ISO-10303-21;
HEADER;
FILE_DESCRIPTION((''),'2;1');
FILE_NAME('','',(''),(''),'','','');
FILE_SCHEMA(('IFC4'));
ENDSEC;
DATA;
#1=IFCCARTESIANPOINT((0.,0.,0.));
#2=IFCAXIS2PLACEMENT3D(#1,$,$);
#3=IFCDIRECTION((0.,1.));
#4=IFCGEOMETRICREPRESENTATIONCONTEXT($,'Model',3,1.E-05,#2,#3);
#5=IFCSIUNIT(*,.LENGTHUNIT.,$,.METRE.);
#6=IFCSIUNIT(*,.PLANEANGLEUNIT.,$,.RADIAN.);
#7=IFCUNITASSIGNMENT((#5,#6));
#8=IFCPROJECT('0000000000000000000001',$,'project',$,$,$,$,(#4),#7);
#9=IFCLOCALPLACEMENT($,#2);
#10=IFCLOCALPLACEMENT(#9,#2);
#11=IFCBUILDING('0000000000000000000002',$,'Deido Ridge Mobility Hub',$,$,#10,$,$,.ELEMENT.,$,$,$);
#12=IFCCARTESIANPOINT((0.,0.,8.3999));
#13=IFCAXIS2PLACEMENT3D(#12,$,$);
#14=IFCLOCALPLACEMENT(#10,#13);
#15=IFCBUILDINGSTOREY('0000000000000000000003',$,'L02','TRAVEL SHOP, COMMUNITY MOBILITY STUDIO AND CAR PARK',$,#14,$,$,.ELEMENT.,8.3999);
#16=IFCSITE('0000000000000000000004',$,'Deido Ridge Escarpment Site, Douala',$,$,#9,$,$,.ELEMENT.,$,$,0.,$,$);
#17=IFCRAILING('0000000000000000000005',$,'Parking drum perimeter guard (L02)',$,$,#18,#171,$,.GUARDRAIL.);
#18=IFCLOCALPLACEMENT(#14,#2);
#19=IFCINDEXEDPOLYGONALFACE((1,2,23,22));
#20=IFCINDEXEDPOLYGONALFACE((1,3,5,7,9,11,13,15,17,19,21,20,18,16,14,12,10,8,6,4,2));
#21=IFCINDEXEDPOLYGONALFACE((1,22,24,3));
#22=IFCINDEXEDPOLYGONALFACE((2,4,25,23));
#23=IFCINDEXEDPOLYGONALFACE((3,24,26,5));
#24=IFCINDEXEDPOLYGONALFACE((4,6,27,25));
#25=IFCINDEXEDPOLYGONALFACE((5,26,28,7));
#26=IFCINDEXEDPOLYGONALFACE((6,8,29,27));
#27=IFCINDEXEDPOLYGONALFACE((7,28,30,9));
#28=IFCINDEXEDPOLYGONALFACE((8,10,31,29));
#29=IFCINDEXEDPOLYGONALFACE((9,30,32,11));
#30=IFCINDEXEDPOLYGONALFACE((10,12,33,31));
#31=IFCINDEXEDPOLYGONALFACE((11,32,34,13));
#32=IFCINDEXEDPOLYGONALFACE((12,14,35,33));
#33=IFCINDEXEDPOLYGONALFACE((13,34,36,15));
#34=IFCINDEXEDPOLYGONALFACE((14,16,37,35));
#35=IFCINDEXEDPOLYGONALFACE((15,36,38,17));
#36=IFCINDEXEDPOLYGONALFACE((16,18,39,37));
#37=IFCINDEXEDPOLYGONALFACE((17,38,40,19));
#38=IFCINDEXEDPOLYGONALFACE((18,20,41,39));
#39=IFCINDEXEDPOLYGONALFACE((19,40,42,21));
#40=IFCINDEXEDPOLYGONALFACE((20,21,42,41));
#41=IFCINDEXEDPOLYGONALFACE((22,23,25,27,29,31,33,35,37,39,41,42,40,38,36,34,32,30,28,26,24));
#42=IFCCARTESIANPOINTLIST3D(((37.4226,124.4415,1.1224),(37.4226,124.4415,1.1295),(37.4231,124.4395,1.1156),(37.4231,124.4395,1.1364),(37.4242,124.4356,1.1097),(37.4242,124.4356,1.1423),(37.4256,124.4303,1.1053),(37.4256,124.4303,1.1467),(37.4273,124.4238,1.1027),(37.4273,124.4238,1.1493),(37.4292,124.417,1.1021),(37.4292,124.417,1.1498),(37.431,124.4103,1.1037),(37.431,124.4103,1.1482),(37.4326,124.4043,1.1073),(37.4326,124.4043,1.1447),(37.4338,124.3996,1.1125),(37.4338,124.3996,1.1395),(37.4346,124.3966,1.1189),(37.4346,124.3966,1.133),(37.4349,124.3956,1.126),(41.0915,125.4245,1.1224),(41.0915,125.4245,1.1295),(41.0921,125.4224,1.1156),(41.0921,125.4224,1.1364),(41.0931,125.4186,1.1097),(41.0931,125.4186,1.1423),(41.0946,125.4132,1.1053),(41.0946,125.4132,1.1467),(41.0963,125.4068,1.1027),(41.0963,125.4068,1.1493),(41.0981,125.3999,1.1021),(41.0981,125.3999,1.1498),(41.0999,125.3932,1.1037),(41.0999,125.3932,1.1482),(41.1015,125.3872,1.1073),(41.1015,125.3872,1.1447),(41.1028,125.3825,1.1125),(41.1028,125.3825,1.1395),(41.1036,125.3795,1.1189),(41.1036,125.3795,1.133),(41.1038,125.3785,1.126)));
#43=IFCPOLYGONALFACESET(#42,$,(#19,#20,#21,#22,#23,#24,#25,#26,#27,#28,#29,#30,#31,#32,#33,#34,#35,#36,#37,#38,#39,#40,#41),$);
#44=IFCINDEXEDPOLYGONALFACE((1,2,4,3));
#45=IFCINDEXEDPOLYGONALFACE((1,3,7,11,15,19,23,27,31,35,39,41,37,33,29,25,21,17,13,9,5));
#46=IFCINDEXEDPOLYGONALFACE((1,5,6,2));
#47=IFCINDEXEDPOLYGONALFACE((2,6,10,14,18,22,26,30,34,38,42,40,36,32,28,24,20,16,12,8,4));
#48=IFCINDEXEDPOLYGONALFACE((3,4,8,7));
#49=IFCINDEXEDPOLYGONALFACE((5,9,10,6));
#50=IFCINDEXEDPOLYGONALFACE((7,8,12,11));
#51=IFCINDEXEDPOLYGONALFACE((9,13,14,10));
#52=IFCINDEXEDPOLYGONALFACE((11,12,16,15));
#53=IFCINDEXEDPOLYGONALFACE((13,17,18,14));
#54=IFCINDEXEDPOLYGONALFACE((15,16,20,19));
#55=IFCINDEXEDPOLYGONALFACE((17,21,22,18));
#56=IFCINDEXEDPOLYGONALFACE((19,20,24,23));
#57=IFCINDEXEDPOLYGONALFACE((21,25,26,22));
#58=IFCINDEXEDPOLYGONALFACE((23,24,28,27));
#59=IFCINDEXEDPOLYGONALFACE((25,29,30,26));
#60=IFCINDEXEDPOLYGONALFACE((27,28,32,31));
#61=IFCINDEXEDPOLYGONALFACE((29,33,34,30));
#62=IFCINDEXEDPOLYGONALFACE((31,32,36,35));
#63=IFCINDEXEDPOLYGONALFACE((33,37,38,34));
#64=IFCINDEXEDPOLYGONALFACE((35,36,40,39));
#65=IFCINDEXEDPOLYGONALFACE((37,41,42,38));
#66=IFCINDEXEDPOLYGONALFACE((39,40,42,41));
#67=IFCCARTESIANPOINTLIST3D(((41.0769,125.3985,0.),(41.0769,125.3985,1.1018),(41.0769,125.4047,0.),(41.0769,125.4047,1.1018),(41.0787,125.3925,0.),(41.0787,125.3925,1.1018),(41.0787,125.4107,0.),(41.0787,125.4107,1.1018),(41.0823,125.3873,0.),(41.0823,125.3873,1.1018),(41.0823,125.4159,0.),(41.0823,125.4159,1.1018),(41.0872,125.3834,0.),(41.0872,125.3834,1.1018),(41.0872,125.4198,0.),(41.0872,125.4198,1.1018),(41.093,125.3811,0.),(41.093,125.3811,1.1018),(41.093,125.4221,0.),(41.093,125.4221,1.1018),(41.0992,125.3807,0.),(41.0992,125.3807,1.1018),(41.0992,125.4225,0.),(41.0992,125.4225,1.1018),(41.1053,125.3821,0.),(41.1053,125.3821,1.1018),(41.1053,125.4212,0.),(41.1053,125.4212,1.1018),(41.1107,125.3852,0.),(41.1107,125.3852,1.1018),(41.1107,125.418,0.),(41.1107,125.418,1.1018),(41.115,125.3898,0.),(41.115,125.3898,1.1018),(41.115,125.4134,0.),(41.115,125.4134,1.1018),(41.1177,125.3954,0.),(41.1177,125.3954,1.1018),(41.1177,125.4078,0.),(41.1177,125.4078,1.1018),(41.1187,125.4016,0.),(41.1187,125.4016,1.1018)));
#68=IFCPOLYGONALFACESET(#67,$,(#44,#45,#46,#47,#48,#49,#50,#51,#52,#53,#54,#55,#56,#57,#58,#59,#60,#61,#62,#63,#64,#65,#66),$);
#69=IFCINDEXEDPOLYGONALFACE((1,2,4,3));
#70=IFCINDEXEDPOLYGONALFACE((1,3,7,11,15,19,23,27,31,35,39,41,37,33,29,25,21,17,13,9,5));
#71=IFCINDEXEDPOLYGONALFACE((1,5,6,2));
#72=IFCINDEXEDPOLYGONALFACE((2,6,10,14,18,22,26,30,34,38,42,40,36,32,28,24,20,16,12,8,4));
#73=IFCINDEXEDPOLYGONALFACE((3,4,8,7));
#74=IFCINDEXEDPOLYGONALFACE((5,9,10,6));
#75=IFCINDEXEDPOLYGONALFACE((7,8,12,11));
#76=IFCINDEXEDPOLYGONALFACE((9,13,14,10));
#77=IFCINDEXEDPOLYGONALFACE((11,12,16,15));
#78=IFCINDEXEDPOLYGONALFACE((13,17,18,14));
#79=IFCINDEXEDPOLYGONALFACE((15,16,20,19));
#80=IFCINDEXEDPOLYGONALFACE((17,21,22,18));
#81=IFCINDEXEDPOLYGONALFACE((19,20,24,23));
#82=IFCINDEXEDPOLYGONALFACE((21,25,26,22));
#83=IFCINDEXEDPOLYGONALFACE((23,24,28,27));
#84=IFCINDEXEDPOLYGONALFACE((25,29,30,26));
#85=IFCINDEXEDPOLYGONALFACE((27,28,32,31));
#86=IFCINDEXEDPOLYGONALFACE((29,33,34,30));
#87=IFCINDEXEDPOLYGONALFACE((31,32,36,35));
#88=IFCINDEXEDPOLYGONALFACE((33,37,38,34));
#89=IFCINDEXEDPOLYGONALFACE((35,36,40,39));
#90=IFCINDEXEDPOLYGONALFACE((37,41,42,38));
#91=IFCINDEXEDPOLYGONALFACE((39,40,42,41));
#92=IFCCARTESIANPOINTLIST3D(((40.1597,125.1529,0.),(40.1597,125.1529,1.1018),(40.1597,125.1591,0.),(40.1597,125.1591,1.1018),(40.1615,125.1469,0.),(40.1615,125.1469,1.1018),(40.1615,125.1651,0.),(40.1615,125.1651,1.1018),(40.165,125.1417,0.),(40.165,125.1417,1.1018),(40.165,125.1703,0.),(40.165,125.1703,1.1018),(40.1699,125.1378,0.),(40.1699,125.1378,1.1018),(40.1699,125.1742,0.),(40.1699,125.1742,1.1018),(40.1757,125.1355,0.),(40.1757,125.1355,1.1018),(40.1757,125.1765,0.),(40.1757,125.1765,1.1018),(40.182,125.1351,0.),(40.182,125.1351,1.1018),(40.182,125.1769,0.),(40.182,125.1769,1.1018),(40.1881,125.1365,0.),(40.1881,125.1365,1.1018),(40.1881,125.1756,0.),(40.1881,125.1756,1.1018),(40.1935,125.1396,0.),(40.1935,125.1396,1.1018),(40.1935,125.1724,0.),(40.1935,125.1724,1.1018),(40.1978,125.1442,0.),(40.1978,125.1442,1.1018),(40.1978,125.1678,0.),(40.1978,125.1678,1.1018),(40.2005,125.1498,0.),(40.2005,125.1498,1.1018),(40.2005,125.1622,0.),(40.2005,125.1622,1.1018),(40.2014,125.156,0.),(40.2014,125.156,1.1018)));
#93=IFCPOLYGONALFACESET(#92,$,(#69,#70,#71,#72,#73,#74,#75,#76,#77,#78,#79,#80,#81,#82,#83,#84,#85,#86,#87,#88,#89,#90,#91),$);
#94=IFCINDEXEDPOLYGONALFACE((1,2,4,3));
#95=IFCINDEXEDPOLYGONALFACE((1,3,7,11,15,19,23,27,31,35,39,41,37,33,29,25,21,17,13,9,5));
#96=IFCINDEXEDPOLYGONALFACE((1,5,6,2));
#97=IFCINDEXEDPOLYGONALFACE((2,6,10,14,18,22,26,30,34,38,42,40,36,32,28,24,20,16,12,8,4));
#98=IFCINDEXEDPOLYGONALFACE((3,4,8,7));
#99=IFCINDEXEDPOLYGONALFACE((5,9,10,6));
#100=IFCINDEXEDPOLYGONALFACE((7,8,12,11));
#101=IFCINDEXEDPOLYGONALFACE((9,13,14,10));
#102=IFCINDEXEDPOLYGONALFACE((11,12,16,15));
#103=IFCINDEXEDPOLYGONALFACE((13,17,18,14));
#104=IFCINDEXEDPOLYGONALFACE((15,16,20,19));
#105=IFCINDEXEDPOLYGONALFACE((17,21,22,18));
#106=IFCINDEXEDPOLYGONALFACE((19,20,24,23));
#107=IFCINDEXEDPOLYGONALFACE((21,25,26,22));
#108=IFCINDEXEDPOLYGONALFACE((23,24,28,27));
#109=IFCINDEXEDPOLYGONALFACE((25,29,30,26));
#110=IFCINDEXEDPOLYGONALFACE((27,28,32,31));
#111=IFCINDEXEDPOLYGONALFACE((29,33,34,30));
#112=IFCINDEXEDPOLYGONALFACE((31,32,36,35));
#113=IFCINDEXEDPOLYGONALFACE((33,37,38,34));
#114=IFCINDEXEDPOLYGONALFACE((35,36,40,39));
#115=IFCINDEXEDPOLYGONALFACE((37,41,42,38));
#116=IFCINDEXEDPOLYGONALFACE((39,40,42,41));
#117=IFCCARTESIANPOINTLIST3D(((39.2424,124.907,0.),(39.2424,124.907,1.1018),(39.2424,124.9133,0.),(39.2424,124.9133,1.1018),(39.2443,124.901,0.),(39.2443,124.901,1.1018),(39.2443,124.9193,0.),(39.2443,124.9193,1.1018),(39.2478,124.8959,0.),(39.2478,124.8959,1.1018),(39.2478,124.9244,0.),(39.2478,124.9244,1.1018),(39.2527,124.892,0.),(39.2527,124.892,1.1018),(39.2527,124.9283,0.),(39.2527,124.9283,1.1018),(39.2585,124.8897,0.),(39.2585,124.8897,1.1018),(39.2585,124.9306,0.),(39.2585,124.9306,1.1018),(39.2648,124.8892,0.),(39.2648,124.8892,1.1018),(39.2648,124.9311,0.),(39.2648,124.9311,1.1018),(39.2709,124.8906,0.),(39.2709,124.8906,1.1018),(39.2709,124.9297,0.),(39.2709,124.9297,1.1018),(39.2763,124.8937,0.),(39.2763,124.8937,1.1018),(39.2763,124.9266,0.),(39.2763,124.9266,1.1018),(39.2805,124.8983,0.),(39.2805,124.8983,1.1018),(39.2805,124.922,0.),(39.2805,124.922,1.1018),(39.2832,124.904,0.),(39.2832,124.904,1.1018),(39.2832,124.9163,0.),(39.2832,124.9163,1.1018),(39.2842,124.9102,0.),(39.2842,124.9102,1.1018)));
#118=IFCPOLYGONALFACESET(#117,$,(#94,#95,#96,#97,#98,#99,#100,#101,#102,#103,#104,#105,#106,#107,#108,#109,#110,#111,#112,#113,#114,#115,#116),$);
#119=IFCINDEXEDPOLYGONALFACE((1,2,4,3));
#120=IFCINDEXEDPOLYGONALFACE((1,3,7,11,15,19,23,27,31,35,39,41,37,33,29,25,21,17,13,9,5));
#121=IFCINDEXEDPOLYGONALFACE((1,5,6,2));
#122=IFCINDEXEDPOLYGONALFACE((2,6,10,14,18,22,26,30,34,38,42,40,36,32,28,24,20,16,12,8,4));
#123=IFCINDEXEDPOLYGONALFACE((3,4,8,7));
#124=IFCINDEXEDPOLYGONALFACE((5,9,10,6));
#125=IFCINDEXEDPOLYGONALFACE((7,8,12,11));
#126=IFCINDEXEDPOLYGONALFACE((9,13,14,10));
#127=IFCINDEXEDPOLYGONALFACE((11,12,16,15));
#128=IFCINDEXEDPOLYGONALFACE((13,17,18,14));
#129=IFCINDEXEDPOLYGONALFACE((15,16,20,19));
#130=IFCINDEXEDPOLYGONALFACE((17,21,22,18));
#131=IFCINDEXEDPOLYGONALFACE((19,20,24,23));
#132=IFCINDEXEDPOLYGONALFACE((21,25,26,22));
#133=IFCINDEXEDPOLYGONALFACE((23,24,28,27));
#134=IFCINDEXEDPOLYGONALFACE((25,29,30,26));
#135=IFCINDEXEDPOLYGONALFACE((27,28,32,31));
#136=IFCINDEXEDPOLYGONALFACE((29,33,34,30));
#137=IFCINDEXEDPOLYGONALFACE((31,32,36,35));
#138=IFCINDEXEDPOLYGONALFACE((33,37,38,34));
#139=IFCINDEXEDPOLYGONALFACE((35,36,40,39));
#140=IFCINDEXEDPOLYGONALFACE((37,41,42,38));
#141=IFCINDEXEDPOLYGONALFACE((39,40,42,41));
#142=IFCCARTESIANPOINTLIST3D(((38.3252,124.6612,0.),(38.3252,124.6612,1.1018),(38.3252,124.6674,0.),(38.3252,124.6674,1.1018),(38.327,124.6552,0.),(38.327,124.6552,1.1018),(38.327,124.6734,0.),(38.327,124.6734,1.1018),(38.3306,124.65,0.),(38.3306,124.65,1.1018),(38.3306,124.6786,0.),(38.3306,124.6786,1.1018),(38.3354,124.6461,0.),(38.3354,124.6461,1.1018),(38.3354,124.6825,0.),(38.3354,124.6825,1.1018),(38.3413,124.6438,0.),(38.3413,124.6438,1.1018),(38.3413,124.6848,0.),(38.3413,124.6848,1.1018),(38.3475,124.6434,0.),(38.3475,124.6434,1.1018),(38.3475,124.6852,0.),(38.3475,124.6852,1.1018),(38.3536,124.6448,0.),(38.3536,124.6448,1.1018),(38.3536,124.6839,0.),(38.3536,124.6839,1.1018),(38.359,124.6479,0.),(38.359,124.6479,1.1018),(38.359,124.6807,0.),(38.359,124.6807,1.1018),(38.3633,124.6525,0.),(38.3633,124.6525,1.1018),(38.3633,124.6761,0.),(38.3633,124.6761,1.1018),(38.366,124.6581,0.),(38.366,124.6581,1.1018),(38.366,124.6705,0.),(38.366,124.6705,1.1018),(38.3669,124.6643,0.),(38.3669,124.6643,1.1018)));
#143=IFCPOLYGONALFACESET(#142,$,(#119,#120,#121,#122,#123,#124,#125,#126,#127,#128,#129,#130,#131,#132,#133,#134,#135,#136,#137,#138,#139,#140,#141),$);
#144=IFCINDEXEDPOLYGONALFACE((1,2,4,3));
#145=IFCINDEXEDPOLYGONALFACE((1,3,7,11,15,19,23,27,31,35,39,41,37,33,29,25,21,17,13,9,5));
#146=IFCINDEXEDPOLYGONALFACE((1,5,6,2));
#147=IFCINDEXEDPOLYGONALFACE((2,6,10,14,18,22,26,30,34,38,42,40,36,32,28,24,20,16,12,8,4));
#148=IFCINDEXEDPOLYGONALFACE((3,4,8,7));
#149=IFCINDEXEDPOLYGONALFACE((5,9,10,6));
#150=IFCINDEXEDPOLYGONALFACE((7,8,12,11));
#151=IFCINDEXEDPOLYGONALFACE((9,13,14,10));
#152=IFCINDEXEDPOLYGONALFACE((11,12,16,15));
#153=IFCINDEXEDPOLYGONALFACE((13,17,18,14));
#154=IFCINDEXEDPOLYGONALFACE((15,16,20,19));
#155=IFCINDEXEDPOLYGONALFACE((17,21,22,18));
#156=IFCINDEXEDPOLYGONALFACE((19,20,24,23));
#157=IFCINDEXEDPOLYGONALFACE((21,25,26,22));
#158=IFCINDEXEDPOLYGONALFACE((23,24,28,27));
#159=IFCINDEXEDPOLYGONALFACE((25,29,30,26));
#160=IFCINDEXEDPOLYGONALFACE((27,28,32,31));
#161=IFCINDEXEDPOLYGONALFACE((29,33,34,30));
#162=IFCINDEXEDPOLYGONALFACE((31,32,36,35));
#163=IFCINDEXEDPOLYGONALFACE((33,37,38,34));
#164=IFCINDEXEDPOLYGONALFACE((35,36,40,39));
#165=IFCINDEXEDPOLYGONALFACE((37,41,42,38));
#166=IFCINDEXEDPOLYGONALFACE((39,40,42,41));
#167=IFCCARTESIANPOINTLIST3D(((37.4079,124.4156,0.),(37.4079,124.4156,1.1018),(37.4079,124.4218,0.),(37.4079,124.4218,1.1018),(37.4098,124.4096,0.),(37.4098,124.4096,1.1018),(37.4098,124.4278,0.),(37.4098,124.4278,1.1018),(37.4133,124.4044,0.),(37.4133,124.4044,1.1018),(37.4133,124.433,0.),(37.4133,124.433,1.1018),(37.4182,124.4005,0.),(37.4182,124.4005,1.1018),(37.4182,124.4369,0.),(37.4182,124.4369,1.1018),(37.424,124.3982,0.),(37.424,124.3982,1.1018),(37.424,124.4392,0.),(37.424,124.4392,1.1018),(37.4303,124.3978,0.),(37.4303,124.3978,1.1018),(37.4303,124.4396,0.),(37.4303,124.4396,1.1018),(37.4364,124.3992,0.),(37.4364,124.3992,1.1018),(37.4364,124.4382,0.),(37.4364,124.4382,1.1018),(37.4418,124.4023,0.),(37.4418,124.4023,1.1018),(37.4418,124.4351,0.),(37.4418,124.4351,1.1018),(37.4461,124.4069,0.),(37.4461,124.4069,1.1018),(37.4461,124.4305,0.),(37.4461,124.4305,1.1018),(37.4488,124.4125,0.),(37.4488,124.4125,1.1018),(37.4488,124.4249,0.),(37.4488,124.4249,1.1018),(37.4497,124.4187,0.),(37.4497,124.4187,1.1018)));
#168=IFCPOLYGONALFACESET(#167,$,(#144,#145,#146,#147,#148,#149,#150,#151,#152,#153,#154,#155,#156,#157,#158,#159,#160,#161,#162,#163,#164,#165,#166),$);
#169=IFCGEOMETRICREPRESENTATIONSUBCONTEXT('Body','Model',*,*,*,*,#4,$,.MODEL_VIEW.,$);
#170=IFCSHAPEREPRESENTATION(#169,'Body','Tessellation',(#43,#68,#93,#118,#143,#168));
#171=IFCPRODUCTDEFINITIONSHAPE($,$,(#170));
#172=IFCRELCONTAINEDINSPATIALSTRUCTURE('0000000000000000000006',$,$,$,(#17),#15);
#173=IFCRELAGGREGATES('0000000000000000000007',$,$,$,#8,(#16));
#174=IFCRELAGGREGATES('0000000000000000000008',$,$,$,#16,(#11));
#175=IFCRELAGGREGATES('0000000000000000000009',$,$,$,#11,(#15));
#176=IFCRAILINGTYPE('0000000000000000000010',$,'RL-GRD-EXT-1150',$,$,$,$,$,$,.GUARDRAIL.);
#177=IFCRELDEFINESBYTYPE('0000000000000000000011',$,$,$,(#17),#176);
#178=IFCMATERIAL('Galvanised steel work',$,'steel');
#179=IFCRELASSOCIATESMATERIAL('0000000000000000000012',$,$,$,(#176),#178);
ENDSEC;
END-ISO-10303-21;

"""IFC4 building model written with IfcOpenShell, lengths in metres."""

from ifc_helpers import new_model, si_unit, direction, frame, origin, origin_2d, place, context, subcontext, project, spatial, circle, extrude, material, type_object, element, save


model = new_model("IFC4")

# Units and contexts
model_context = context("Model", 3, precision=1e-05, world=origin(), true_north=direction((0.0, 1.0)))
body_context = subcontext(model_context, "Body", "Model", "MODEL_VIEW")
ifc_project = project(units=[si_unit("LENGTHUNIT", "METRE"), si_unit("PLANEANGLEUNIT", "RADIAN")], contexts=[model_context])

# Site, building, storey
site_placement = place(None, origin())
site = spatial("IfcSite", under=ifc_project, at=site_placement, Name="Deido Ridge Escarpment Site, Douala", CompositionType="ELEMENT", RefElevation=0.0)
building_placement = place(site_placement, origin())
building = spatial("IfcBuilding", under=site, at=building_placement, Name="Deido Ridge Mobility Hub", CompositionType="ELEMENT")
storey_placement = place(building_placement, frame((0.0, 0.0, 8.3999)))
storey = spatial("IfcBuildingStorey", under=building, at=storey_placement, Name="L02", Description="TRAVEL SHOP, COMMUNITY MOBILITY STUDIO AND CAR PARK", CompositionType="ELEMENT", Elevation=8.3999)

# Railing
ifc_material_1 = material(Name="Galvanised steel work", Category="steel")
railing_type = type_object("IfcRailingType", Name="RL-GRD-EXT-1150", PredefinedType="GUARDRAIL", material=ifc_material_1)
railing_1_placement = place(storey_placement, frame((41.0977, 125.4016, 0.0)))
element("IfcRailing", 1, at=railing_1_placement, inside=storey, type_object=railing_type, Name="Parking drum perimeter guard (L02)", PredefinedType="GUARDRAIL", context=body_context, shape_type="SweptSolid", body=[
    extrude(circle(Radius=0.0239, at=origin_2d()), frame((0.0, 0.0, 1.126), z_axis=(-0.965938, -0.258775, 0.0), x_axis=(0.258775, -0.965938, 0.0)), (0.0, 0.0, 1.0), 3.7983),
    extrude(circle(Radius=0.021, at=origin_2d()), origin(), (0.0, 0.0, 1.0), 1.1018),
    extrude(circle(Radius=0.021, at=origin_2d()), frame((-0.9172, -0.2456, 0.0)), (0.0, 0.0, 1.0), 1.1018),
    extrude(circle(Radius=0.021, at=origin_2d()), frame((-1.8345, -0.4915, 0.0)), (0.0, 0.0, 1.0), 1.1018),
    extrude(circle(Radius=0.021, at=origin_2d()), frame((-2.7517, -0.7373, 0.0)), (0.0, 0.0, 1.0), 1.1018),
    extrude(circle(Radius=0.021, at=origin_2d()), frame((-3.6689, -0.9829, 0.0)), (0.0, 0.0, 1.0), 1.1018),
])

save(model, "model.ifc")
